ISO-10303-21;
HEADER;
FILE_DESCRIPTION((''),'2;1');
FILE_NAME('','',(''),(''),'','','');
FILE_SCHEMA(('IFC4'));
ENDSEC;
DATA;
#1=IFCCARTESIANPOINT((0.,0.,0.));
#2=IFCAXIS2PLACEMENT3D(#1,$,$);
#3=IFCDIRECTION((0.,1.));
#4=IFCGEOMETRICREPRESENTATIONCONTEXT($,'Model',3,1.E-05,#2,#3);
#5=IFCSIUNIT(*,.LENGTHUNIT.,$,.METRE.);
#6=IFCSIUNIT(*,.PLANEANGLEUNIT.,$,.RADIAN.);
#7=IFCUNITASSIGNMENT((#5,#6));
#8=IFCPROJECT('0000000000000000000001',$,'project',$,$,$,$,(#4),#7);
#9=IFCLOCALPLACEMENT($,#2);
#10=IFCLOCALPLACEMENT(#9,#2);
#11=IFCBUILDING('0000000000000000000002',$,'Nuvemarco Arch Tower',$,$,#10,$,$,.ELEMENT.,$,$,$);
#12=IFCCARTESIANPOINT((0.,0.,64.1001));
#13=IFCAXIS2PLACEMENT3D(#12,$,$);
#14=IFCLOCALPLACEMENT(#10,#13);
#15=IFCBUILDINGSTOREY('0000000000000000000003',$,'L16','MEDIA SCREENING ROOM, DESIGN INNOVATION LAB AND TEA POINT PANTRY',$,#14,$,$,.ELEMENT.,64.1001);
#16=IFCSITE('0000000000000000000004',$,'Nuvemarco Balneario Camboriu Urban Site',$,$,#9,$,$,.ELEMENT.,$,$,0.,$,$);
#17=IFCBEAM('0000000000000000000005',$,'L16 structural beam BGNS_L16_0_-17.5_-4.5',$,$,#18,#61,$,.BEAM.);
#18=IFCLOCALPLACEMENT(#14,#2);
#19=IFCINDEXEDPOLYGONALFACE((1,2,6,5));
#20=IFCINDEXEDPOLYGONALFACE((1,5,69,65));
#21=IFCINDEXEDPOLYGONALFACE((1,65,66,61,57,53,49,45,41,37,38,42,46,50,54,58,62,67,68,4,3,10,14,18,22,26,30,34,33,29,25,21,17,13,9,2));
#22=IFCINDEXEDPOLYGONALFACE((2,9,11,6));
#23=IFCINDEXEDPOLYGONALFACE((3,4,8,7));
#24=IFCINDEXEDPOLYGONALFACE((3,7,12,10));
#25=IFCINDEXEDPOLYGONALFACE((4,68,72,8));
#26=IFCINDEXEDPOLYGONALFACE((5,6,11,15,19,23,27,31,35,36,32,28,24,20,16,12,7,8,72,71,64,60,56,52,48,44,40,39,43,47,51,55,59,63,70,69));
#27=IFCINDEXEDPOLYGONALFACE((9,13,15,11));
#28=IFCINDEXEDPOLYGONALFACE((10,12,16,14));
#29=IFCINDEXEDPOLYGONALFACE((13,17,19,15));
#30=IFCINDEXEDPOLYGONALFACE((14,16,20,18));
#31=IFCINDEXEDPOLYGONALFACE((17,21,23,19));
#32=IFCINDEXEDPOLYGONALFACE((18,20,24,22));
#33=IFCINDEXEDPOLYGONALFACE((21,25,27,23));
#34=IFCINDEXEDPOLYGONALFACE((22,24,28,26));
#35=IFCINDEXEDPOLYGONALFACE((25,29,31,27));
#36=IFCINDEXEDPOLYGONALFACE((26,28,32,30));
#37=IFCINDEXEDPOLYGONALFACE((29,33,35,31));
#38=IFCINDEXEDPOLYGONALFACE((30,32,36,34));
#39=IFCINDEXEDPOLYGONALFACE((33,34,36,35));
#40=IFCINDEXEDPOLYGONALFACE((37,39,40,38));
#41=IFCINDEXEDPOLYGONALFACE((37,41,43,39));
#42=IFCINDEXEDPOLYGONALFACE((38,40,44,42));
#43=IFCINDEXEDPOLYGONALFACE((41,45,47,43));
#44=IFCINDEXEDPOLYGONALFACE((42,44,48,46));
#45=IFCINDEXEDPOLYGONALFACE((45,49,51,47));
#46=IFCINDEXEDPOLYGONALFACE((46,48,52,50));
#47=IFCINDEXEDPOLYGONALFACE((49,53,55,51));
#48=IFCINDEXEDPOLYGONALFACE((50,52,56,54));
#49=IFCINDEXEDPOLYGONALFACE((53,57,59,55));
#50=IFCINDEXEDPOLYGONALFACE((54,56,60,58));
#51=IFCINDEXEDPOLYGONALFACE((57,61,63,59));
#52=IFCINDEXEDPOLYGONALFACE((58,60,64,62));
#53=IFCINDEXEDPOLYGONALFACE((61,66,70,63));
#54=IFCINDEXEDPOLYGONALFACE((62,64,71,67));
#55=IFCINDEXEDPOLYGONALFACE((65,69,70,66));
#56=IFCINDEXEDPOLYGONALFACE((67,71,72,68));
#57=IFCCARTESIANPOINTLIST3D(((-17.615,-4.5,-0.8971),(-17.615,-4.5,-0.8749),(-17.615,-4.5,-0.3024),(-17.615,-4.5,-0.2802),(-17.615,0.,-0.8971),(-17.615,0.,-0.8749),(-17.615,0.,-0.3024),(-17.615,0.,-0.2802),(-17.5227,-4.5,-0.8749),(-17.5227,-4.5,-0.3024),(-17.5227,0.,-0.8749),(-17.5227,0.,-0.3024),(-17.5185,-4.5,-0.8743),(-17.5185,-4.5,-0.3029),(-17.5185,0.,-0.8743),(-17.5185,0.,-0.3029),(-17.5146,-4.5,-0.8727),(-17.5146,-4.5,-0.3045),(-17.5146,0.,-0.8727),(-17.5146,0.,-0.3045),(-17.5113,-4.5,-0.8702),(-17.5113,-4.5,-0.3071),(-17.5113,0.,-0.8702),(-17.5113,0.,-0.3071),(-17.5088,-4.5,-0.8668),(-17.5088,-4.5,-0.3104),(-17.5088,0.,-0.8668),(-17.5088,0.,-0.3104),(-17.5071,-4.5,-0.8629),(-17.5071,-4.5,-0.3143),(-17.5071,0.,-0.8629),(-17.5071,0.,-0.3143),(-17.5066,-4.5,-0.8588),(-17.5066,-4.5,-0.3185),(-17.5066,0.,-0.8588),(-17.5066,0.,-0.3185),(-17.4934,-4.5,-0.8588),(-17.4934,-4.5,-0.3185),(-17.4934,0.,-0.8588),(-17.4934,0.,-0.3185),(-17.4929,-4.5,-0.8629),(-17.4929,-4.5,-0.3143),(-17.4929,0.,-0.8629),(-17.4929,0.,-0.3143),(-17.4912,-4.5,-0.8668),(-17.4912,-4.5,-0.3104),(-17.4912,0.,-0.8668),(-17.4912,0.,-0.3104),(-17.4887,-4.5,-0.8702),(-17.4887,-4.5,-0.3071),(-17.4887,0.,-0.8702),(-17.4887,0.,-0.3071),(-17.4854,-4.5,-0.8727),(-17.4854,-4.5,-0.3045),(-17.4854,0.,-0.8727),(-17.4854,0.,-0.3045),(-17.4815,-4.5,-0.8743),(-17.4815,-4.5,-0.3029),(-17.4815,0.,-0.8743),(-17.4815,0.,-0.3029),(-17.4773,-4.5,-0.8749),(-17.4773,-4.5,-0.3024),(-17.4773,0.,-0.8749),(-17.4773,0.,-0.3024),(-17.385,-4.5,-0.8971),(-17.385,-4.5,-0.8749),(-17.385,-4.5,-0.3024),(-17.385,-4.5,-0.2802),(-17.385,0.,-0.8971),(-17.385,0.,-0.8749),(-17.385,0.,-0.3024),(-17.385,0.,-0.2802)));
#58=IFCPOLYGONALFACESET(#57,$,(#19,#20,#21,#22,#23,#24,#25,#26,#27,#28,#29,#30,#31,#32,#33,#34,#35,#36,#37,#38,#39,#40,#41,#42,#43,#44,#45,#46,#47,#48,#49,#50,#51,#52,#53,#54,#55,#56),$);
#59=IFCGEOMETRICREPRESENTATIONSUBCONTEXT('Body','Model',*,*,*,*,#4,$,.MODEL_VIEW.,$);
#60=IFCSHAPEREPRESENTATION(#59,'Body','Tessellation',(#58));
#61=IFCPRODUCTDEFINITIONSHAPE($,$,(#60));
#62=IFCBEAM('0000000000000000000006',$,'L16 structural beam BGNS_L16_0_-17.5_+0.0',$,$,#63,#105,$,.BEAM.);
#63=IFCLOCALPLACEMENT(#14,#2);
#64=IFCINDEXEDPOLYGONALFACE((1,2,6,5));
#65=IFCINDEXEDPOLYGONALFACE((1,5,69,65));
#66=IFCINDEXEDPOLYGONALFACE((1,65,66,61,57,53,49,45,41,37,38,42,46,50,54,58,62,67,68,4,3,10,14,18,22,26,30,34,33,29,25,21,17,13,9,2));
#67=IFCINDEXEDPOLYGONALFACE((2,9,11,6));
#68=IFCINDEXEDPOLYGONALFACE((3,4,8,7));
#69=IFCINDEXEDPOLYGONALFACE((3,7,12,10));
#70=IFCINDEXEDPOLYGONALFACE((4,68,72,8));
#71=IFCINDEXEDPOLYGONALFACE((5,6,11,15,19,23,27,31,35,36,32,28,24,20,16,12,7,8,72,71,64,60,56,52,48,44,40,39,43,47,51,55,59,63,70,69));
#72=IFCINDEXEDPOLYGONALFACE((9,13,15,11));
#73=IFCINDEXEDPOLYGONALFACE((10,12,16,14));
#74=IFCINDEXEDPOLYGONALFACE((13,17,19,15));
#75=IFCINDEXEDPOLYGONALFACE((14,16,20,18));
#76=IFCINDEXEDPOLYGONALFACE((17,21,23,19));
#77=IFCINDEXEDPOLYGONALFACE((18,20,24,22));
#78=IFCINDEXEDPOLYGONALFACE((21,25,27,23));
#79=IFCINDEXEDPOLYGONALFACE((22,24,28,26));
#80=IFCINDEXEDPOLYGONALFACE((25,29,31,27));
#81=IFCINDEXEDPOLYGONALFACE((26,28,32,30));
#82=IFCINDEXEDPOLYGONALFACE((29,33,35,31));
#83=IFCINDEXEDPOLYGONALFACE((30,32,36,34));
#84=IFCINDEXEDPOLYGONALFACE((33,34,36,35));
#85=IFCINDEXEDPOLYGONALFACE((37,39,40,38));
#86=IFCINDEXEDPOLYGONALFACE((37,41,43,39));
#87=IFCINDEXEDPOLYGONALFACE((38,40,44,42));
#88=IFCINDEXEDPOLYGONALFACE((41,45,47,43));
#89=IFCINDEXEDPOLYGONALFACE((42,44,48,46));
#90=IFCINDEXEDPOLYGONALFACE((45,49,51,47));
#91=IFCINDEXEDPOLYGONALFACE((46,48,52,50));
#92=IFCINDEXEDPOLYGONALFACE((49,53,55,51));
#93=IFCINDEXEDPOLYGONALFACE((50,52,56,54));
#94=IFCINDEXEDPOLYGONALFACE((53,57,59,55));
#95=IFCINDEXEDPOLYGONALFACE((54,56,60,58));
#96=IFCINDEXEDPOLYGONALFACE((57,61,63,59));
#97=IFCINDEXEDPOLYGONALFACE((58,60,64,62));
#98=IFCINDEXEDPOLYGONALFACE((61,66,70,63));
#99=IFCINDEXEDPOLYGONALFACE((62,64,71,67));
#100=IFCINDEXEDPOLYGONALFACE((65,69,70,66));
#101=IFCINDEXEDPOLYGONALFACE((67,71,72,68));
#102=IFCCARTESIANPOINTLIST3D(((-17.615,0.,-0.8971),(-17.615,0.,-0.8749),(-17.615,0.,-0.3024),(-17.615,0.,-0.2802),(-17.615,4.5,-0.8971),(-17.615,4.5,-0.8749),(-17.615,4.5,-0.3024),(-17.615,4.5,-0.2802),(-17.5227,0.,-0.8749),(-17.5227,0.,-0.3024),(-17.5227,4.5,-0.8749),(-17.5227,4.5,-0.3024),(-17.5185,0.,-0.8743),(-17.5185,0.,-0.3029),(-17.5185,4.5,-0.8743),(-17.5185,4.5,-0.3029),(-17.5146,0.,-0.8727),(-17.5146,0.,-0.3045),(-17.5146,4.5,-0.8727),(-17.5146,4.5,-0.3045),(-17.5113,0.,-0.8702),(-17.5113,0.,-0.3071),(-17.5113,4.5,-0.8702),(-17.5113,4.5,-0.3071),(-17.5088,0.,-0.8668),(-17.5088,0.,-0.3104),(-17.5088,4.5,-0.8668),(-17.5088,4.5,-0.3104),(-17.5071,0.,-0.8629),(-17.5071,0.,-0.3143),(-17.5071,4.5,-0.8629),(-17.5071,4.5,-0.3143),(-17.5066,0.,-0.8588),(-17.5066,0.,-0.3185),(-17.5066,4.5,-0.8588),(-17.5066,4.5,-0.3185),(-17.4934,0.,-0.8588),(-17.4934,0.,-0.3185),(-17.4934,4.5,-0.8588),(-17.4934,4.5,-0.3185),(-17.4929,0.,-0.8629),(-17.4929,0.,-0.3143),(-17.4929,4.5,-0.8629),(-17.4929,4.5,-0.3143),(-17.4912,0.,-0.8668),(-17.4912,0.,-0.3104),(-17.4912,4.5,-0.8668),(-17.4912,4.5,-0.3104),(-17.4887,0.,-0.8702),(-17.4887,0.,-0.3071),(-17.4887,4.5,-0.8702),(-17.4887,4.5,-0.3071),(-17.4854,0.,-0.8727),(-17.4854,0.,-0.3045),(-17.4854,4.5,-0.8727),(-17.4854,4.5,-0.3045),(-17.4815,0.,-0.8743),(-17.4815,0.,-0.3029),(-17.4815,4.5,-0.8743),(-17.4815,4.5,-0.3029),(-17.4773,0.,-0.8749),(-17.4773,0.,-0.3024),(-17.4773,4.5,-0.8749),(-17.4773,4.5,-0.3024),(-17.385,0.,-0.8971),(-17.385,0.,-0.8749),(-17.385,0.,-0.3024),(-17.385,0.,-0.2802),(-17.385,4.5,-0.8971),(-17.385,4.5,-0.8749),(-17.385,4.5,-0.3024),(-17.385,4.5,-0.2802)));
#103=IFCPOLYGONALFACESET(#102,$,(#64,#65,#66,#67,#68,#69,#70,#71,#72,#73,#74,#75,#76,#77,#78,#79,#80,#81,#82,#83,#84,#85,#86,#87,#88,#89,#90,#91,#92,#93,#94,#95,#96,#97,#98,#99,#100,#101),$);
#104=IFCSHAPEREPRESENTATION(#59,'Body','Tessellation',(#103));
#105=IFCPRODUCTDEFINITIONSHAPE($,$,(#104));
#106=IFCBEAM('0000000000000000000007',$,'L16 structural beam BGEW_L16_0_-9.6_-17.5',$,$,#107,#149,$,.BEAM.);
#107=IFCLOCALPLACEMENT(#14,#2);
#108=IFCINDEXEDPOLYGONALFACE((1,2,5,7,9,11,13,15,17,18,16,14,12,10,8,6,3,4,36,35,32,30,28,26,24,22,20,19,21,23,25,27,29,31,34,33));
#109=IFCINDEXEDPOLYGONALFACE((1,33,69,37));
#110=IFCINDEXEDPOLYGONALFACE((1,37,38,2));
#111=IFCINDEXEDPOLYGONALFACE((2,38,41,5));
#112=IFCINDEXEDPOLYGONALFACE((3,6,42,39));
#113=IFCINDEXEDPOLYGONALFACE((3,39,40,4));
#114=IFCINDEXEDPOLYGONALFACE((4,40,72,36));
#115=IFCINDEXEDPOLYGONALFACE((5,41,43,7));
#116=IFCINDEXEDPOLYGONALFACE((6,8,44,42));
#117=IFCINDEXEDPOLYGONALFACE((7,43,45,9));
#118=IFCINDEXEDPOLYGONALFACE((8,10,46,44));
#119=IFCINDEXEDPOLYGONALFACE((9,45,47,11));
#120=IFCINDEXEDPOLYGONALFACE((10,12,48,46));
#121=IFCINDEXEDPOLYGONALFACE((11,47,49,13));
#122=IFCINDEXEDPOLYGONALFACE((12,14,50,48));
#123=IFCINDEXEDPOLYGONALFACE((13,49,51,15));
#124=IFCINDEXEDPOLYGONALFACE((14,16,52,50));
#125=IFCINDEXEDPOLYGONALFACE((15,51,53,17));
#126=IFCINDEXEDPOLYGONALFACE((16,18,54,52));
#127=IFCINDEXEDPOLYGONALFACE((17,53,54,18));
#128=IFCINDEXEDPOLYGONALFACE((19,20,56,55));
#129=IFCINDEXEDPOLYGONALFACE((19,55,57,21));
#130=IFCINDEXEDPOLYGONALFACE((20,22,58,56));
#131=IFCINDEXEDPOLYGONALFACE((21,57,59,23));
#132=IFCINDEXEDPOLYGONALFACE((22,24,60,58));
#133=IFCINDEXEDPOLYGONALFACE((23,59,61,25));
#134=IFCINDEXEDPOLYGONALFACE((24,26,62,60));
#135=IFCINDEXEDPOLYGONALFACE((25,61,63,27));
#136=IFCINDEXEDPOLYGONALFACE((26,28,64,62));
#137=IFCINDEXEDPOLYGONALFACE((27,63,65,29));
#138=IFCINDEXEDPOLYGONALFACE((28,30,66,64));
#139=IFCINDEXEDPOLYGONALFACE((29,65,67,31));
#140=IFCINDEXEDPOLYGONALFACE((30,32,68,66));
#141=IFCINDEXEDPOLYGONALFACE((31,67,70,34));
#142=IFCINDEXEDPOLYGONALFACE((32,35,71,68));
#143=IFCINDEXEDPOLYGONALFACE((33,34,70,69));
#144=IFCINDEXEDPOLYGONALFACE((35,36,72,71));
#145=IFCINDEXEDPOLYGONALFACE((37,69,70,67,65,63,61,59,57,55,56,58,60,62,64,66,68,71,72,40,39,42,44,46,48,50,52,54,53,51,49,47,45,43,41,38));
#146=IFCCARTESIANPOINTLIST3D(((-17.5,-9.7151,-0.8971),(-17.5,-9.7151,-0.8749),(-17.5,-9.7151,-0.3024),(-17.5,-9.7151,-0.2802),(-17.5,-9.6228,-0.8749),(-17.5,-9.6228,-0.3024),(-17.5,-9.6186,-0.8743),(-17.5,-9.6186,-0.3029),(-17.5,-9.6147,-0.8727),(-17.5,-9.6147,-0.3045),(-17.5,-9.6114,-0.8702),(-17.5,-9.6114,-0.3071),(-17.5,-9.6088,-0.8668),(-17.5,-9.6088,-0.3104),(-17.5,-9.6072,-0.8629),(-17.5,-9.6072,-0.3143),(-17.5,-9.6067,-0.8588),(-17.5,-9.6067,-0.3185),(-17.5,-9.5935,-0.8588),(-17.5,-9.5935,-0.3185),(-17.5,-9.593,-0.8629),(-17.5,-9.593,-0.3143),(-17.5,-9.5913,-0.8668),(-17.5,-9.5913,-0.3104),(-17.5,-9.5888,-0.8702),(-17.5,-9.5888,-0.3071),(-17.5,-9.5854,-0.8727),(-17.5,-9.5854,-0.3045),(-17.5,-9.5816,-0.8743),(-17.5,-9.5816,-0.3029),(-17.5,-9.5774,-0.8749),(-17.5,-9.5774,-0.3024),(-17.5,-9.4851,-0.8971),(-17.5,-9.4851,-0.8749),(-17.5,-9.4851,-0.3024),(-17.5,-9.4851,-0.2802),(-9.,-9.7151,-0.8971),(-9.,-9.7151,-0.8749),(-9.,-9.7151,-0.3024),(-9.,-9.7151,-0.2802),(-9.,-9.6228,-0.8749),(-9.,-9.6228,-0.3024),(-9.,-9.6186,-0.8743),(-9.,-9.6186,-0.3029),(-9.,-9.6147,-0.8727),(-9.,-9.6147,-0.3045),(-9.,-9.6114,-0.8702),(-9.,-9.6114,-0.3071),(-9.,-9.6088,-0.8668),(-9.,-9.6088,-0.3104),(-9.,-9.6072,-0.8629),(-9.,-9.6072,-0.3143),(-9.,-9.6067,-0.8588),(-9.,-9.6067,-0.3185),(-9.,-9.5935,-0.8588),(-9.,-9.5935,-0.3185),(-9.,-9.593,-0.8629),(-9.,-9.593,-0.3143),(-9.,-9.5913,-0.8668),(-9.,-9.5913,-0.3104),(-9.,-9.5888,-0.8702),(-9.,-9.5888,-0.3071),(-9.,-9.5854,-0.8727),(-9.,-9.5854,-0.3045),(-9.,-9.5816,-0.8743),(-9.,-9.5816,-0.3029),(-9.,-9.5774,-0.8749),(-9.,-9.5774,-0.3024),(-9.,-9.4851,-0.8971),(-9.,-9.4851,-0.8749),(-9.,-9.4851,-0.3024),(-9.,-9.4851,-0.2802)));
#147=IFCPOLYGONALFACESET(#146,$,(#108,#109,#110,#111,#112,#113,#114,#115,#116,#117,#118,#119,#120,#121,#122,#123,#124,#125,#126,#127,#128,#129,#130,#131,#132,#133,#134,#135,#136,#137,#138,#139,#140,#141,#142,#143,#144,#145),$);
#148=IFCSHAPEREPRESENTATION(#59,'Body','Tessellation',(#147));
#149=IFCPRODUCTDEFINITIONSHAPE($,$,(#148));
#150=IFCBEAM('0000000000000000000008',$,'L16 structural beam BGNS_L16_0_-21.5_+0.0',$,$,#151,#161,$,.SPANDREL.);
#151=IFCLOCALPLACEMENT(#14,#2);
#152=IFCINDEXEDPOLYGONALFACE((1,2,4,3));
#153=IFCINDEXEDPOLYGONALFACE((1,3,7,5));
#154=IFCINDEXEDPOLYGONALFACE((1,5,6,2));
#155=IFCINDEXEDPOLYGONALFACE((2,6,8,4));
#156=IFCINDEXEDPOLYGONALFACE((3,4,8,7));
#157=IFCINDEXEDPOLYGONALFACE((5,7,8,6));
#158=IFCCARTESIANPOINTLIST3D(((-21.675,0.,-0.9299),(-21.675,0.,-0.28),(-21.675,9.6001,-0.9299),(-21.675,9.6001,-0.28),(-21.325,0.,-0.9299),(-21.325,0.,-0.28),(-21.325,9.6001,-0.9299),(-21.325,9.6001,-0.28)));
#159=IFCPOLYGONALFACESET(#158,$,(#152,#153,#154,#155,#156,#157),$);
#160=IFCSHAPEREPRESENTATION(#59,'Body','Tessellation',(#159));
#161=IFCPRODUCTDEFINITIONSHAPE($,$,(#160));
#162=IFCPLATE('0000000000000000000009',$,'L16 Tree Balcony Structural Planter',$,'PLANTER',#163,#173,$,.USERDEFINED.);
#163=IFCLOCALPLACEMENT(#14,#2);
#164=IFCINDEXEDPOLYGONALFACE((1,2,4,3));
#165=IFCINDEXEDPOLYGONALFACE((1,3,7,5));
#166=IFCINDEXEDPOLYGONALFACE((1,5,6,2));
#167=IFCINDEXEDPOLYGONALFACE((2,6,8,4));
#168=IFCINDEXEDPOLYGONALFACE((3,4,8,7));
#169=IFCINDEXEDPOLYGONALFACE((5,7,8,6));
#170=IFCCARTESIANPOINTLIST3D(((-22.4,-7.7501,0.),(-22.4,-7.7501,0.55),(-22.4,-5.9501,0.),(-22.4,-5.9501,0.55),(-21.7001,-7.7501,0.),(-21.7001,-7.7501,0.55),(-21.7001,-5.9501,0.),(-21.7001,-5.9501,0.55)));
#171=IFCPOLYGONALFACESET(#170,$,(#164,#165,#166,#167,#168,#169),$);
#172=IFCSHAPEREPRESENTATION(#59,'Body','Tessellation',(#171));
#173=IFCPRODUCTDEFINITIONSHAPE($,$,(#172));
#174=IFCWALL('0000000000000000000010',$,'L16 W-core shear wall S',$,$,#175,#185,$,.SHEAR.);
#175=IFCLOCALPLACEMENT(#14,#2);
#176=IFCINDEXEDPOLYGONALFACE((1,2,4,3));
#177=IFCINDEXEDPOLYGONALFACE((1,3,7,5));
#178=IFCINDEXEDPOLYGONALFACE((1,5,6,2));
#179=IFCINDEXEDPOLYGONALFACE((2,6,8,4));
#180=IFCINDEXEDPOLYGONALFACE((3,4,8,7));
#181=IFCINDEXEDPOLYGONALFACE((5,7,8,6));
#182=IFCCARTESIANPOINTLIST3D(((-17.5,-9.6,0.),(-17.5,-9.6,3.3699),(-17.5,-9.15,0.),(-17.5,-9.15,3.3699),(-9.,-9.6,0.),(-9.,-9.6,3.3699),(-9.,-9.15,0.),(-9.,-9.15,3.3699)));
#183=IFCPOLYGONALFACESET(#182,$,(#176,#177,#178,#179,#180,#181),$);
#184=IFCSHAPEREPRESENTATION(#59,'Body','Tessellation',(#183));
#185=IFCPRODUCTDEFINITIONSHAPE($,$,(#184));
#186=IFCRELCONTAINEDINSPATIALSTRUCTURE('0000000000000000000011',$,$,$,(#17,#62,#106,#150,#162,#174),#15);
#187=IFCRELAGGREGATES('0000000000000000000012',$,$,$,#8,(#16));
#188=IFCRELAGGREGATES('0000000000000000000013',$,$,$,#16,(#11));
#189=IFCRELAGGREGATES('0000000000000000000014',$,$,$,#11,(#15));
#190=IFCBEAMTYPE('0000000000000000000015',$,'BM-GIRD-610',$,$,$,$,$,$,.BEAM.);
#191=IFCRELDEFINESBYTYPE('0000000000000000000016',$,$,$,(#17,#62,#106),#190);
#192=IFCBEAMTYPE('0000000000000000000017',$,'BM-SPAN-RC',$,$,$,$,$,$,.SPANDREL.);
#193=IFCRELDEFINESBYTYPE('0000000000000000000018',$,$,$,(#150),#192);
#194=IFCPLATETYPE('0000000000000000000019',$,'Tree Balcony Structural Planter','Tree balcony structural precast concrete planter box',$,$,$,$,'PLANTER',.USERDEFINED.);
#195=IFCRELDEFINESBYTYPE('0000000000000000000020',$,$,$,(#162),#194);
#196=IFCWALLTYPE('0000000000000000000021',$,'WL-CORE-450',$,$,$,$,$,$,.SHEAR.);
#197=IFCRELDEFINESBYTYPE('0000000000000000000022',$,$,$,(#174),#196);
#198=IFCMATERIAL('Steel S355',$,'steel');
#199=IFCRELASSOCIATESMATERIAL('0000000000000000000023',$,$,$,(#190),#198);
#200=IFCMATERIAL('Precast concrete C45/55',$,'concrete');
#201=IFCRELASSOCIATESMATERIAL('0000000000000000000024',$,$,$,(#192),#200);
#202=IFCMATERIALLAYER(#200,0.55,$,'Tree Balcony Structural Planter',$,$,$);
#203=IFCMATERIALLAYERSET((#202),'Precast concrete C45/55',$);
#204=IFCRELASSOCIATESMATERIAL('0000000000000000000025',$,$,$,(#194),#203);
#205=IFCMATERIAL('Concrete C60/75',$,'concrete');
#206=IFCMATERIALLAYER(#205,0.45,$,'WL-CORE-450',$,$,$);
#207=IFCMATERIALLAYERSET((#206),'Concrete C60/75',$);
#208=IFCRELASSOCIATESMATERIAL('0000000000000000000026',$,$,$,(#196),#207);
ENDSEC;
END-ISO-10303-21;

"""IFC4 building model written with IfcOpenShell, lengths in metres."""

from ifc_helpers import new_model, si_unit, direction, frame, frame_2d, origin, origin_2d, place, context, subcontext, project, spatial, rectangle, i_section, extrude, source, transform, mapped, material, layer, layer_set, material_profile, profile_set, type_object, type_shapes, element, save


model = new_model("IFC4")

# Units and contexts
model_context = context("Model", 3, precision=1e-05, world=origin(), true_north=direction((0.0, 1.0)))
body_context = subcontext(model_context, "Body", "Model", "MODEL_VIEW")
ifc_project = project(units=[si_unit("LENGTHUNIT", "METRE"), si_unit("PLANEANGLEUNIT", "RADIAN")], contexts=[model_context])

# Site, building, storey
site_placement = place(None, origin())
site = spatial("IfcSite", under=ifc_project, at=site_placement, Name="Nuvemarco Balneario Camboriu Urban Site", CompositionType="ELEMENT", RefElevation=0.0)
building_placement = place(site_placement, origin())
building = spatial("IfcBuilding", under=site, at=building_placement, Name="Nuvemarco Arch Tower", CompositionType="ELEMENT")
storey_placement = place(building_placement, frame((0.0, 0.0, 64.1001)))
storey = spatial("IfcBuildingStorey", under=building, at=storey_placement, Name="L16", Description="MEDIA SCREENING ROOM, DESIGN INNOVATION LAB AND TEA POINT PANTRY", CompositionType="ELEMENT", Elevation=64.1001)

# Shared definitions
ifc_material_1 = material(Name="Concrete C60/75", Category="concrete")

# Beams
ifc_material_2 = material(Name="Steel S355", Category="steel")
ifc_material_profile_1 = material_profile(ifc_material_2, i_section(OverallWidth=0.23, OverallDepth=0.6169, WebThickness=0.0132, FlangeThickness=0.0222, FilletRadius=0.0161, at=origin_2d()), Name="W610x140")
ifc_profile_set_1 = profile_set([ifc_material_profile_1], Name="Steel S355")
beam_type_1 = type_object("IfcBeamType", Name="BM-GIRD-610", PredefinedType="BEAM", material=ifc_profile_set_1)
for number, where, z_axis, x_axis, name in (
    (1, (-17.5, -4.5, -0.5886), (0.0, 1.0, 0.0), (-1.0, 0.0, 0.0), "L16 structural beam BGNS_L16_0_-17.5_-4.5"),
    (2, (-17.5, 0.0, -0.5886), (0.0, 1.0, 0.0), (-1.0, 0.0, 0.0), "L16 structural beam BGNS_L16_0_-17.5_+0.0"),
):
    element("IfcBeam", number, at=place(storey_placement, frame(where, z_axis=z_axis, x_axis=x_axis)), inside=storey, type_object=beam_type_1, Name=name, PredefinedType="BEAM", context=body_context, shape_type="SweptSolid", body=[
        extrude(i_section(OverallWidth=0.23, OverallDepth=0.6169, WebThickness=0.0132, FlangeThickness=0.0222, FilletRadius=0.0161, at=origin_2d()), origin(), (0.0, 0.0, 1.0), 4.5),
    ])
beam_1_placement = place(storey_placement, frame((-17.5, -9.6001, -0.5886), z_axis=(1.0, 0.0, 0.0), x_axis=(0.0, 1.0, 0.0)))
element("IfcBeam", 3, at=beam_1_placement, inside=storey, type_object=beam_type_1, Name="L16 structural beam BGEW_L16_0_-9.6_-17.5", PredefinedType="BEAM", context=body_context, shape_type="SweptSolid", body=[
    extrude(i_section(OverallWidth=0.23, OverallDepth=0.6169, WebThickness=0.0132, FlangeThickness=0.0222, FilletRadius=0.0161, at=origin_2d()), origin(), (0.0, 0.0, 1.0), 8.5),
])
ifc_material_3 = material(Name="Precast concrete C45/55", Category="concrete")
ifc_material_profile_2 = material_profile(ifc_material_3, rectangle(XDim=0.3501, YDim=0.6499, at=origin_2d()), Name="PC-SP-350x650")
ifc_profile_set_2 = profile_set([ifc_material_profile_2], Name="Precast concrete C45/55")
beam_type_2 = type_object("IfcBeamType", Name="BM-SPAN-RC", PredefinedType="SPANDREL", material=ifc_profile_set_2)
beam_2_placement = place(storey_placement, frame((-21.5, 0.0, -0.605), z_axis=(0.0, 1.0, 0.0), x_axis=(-1.0, 0.0, 0.0)))
element("IfcBeam", 4, at=beam_2_placement, inside=storey, type_object=beam_type_2, Name="L16 structural beam BGNS_L16_0_-21.5_+0.0", PredefinedType="SPANDREL", context=body_context, shape_type="SweptSolid", body=[
    extrude(rectangle(XDim=0.3501, YDim=0.6499, at=origin_2d()), origin(), (0.0, 0.0, 1.0), 9.6001),
])

# Plate
ifc_layer_1 = layer(ifc_material_3, 0.55, Name="Tree Balcony Structural Planter")
ifc_layer_set_1 = layer_set([ifc_layer_1], Name="Precast concrete C45/55")
plate_type = type_object("IfcPlateType", Name="Tree Balcony Structural Planter", Description="Tree balcony structural precast concrete planter box", ElementType="PLANTER", PredefinedType="USERDEFINED", material=ifc_layer_set_1)
shared_shape_1 = source(origin(), body_context, "Body", "SweptSolid", [
    extrude(rectangle(XDim=1.8, YDim=0.7, at=origin_2d()), origin(), (0.0, 0.0, 1.0), 0.55),
])
type_shapes(plate_type, [shared_shape_1])
plate_placement = place(storey_placement, frame((-22.05, -6.8501, 0.0), z_axis=(0.0, 0.0, 1.0), x_axis=(0.0, 1.0, 0.0)))
element("IfcPlate", 5, at=plate_placement, inside=storey, type_object=plate_type, Name="L16 Tree Balcony Structural Planter", ObjectType="PLANTER", PredefinedType="USERDEFINED", context=body_context, shape_type="MappedRepresentation", body=[
    mapped(shared_shape_1, transform((0.0, 0.0, 0.0), scale=1.0)),
])

# Wall
ifc_layer_2 = layer(ifc_material_1, 0.45, Name="WL-CORE-450")
ifc_layer_set_2 = layer_set([ifc_layer_2], Name="Concrete C60/75")
wall_type_1 = type_object("IfcWallType", Name="WL-CORE-450", PredefinedType="SHEAR", material=ifc_layer_set_2)
wall_1_placement = place(storey_placement, frame((-17.5, -9.375, 0.0), z_axis=(0.0, 0.0, 1.0), x_axis=(1.0, 0.0, 0.0)))
element("IfcWall", 6, at=wall_1_placement, inside=storey, type_object=wall_type_1, Name="L16 W-core shear wall S", PredefinedType="SHEAR", context=body_context, shape_type="SweptSolid", body=[
    extrude(rectangle(XDim=8.5, YDim=0.45, at=frame_2d((4.25, 0.0))), origin(), (0.0, 0.0, 1.0), 3.3699),
])

save(model, "model.ifc")
